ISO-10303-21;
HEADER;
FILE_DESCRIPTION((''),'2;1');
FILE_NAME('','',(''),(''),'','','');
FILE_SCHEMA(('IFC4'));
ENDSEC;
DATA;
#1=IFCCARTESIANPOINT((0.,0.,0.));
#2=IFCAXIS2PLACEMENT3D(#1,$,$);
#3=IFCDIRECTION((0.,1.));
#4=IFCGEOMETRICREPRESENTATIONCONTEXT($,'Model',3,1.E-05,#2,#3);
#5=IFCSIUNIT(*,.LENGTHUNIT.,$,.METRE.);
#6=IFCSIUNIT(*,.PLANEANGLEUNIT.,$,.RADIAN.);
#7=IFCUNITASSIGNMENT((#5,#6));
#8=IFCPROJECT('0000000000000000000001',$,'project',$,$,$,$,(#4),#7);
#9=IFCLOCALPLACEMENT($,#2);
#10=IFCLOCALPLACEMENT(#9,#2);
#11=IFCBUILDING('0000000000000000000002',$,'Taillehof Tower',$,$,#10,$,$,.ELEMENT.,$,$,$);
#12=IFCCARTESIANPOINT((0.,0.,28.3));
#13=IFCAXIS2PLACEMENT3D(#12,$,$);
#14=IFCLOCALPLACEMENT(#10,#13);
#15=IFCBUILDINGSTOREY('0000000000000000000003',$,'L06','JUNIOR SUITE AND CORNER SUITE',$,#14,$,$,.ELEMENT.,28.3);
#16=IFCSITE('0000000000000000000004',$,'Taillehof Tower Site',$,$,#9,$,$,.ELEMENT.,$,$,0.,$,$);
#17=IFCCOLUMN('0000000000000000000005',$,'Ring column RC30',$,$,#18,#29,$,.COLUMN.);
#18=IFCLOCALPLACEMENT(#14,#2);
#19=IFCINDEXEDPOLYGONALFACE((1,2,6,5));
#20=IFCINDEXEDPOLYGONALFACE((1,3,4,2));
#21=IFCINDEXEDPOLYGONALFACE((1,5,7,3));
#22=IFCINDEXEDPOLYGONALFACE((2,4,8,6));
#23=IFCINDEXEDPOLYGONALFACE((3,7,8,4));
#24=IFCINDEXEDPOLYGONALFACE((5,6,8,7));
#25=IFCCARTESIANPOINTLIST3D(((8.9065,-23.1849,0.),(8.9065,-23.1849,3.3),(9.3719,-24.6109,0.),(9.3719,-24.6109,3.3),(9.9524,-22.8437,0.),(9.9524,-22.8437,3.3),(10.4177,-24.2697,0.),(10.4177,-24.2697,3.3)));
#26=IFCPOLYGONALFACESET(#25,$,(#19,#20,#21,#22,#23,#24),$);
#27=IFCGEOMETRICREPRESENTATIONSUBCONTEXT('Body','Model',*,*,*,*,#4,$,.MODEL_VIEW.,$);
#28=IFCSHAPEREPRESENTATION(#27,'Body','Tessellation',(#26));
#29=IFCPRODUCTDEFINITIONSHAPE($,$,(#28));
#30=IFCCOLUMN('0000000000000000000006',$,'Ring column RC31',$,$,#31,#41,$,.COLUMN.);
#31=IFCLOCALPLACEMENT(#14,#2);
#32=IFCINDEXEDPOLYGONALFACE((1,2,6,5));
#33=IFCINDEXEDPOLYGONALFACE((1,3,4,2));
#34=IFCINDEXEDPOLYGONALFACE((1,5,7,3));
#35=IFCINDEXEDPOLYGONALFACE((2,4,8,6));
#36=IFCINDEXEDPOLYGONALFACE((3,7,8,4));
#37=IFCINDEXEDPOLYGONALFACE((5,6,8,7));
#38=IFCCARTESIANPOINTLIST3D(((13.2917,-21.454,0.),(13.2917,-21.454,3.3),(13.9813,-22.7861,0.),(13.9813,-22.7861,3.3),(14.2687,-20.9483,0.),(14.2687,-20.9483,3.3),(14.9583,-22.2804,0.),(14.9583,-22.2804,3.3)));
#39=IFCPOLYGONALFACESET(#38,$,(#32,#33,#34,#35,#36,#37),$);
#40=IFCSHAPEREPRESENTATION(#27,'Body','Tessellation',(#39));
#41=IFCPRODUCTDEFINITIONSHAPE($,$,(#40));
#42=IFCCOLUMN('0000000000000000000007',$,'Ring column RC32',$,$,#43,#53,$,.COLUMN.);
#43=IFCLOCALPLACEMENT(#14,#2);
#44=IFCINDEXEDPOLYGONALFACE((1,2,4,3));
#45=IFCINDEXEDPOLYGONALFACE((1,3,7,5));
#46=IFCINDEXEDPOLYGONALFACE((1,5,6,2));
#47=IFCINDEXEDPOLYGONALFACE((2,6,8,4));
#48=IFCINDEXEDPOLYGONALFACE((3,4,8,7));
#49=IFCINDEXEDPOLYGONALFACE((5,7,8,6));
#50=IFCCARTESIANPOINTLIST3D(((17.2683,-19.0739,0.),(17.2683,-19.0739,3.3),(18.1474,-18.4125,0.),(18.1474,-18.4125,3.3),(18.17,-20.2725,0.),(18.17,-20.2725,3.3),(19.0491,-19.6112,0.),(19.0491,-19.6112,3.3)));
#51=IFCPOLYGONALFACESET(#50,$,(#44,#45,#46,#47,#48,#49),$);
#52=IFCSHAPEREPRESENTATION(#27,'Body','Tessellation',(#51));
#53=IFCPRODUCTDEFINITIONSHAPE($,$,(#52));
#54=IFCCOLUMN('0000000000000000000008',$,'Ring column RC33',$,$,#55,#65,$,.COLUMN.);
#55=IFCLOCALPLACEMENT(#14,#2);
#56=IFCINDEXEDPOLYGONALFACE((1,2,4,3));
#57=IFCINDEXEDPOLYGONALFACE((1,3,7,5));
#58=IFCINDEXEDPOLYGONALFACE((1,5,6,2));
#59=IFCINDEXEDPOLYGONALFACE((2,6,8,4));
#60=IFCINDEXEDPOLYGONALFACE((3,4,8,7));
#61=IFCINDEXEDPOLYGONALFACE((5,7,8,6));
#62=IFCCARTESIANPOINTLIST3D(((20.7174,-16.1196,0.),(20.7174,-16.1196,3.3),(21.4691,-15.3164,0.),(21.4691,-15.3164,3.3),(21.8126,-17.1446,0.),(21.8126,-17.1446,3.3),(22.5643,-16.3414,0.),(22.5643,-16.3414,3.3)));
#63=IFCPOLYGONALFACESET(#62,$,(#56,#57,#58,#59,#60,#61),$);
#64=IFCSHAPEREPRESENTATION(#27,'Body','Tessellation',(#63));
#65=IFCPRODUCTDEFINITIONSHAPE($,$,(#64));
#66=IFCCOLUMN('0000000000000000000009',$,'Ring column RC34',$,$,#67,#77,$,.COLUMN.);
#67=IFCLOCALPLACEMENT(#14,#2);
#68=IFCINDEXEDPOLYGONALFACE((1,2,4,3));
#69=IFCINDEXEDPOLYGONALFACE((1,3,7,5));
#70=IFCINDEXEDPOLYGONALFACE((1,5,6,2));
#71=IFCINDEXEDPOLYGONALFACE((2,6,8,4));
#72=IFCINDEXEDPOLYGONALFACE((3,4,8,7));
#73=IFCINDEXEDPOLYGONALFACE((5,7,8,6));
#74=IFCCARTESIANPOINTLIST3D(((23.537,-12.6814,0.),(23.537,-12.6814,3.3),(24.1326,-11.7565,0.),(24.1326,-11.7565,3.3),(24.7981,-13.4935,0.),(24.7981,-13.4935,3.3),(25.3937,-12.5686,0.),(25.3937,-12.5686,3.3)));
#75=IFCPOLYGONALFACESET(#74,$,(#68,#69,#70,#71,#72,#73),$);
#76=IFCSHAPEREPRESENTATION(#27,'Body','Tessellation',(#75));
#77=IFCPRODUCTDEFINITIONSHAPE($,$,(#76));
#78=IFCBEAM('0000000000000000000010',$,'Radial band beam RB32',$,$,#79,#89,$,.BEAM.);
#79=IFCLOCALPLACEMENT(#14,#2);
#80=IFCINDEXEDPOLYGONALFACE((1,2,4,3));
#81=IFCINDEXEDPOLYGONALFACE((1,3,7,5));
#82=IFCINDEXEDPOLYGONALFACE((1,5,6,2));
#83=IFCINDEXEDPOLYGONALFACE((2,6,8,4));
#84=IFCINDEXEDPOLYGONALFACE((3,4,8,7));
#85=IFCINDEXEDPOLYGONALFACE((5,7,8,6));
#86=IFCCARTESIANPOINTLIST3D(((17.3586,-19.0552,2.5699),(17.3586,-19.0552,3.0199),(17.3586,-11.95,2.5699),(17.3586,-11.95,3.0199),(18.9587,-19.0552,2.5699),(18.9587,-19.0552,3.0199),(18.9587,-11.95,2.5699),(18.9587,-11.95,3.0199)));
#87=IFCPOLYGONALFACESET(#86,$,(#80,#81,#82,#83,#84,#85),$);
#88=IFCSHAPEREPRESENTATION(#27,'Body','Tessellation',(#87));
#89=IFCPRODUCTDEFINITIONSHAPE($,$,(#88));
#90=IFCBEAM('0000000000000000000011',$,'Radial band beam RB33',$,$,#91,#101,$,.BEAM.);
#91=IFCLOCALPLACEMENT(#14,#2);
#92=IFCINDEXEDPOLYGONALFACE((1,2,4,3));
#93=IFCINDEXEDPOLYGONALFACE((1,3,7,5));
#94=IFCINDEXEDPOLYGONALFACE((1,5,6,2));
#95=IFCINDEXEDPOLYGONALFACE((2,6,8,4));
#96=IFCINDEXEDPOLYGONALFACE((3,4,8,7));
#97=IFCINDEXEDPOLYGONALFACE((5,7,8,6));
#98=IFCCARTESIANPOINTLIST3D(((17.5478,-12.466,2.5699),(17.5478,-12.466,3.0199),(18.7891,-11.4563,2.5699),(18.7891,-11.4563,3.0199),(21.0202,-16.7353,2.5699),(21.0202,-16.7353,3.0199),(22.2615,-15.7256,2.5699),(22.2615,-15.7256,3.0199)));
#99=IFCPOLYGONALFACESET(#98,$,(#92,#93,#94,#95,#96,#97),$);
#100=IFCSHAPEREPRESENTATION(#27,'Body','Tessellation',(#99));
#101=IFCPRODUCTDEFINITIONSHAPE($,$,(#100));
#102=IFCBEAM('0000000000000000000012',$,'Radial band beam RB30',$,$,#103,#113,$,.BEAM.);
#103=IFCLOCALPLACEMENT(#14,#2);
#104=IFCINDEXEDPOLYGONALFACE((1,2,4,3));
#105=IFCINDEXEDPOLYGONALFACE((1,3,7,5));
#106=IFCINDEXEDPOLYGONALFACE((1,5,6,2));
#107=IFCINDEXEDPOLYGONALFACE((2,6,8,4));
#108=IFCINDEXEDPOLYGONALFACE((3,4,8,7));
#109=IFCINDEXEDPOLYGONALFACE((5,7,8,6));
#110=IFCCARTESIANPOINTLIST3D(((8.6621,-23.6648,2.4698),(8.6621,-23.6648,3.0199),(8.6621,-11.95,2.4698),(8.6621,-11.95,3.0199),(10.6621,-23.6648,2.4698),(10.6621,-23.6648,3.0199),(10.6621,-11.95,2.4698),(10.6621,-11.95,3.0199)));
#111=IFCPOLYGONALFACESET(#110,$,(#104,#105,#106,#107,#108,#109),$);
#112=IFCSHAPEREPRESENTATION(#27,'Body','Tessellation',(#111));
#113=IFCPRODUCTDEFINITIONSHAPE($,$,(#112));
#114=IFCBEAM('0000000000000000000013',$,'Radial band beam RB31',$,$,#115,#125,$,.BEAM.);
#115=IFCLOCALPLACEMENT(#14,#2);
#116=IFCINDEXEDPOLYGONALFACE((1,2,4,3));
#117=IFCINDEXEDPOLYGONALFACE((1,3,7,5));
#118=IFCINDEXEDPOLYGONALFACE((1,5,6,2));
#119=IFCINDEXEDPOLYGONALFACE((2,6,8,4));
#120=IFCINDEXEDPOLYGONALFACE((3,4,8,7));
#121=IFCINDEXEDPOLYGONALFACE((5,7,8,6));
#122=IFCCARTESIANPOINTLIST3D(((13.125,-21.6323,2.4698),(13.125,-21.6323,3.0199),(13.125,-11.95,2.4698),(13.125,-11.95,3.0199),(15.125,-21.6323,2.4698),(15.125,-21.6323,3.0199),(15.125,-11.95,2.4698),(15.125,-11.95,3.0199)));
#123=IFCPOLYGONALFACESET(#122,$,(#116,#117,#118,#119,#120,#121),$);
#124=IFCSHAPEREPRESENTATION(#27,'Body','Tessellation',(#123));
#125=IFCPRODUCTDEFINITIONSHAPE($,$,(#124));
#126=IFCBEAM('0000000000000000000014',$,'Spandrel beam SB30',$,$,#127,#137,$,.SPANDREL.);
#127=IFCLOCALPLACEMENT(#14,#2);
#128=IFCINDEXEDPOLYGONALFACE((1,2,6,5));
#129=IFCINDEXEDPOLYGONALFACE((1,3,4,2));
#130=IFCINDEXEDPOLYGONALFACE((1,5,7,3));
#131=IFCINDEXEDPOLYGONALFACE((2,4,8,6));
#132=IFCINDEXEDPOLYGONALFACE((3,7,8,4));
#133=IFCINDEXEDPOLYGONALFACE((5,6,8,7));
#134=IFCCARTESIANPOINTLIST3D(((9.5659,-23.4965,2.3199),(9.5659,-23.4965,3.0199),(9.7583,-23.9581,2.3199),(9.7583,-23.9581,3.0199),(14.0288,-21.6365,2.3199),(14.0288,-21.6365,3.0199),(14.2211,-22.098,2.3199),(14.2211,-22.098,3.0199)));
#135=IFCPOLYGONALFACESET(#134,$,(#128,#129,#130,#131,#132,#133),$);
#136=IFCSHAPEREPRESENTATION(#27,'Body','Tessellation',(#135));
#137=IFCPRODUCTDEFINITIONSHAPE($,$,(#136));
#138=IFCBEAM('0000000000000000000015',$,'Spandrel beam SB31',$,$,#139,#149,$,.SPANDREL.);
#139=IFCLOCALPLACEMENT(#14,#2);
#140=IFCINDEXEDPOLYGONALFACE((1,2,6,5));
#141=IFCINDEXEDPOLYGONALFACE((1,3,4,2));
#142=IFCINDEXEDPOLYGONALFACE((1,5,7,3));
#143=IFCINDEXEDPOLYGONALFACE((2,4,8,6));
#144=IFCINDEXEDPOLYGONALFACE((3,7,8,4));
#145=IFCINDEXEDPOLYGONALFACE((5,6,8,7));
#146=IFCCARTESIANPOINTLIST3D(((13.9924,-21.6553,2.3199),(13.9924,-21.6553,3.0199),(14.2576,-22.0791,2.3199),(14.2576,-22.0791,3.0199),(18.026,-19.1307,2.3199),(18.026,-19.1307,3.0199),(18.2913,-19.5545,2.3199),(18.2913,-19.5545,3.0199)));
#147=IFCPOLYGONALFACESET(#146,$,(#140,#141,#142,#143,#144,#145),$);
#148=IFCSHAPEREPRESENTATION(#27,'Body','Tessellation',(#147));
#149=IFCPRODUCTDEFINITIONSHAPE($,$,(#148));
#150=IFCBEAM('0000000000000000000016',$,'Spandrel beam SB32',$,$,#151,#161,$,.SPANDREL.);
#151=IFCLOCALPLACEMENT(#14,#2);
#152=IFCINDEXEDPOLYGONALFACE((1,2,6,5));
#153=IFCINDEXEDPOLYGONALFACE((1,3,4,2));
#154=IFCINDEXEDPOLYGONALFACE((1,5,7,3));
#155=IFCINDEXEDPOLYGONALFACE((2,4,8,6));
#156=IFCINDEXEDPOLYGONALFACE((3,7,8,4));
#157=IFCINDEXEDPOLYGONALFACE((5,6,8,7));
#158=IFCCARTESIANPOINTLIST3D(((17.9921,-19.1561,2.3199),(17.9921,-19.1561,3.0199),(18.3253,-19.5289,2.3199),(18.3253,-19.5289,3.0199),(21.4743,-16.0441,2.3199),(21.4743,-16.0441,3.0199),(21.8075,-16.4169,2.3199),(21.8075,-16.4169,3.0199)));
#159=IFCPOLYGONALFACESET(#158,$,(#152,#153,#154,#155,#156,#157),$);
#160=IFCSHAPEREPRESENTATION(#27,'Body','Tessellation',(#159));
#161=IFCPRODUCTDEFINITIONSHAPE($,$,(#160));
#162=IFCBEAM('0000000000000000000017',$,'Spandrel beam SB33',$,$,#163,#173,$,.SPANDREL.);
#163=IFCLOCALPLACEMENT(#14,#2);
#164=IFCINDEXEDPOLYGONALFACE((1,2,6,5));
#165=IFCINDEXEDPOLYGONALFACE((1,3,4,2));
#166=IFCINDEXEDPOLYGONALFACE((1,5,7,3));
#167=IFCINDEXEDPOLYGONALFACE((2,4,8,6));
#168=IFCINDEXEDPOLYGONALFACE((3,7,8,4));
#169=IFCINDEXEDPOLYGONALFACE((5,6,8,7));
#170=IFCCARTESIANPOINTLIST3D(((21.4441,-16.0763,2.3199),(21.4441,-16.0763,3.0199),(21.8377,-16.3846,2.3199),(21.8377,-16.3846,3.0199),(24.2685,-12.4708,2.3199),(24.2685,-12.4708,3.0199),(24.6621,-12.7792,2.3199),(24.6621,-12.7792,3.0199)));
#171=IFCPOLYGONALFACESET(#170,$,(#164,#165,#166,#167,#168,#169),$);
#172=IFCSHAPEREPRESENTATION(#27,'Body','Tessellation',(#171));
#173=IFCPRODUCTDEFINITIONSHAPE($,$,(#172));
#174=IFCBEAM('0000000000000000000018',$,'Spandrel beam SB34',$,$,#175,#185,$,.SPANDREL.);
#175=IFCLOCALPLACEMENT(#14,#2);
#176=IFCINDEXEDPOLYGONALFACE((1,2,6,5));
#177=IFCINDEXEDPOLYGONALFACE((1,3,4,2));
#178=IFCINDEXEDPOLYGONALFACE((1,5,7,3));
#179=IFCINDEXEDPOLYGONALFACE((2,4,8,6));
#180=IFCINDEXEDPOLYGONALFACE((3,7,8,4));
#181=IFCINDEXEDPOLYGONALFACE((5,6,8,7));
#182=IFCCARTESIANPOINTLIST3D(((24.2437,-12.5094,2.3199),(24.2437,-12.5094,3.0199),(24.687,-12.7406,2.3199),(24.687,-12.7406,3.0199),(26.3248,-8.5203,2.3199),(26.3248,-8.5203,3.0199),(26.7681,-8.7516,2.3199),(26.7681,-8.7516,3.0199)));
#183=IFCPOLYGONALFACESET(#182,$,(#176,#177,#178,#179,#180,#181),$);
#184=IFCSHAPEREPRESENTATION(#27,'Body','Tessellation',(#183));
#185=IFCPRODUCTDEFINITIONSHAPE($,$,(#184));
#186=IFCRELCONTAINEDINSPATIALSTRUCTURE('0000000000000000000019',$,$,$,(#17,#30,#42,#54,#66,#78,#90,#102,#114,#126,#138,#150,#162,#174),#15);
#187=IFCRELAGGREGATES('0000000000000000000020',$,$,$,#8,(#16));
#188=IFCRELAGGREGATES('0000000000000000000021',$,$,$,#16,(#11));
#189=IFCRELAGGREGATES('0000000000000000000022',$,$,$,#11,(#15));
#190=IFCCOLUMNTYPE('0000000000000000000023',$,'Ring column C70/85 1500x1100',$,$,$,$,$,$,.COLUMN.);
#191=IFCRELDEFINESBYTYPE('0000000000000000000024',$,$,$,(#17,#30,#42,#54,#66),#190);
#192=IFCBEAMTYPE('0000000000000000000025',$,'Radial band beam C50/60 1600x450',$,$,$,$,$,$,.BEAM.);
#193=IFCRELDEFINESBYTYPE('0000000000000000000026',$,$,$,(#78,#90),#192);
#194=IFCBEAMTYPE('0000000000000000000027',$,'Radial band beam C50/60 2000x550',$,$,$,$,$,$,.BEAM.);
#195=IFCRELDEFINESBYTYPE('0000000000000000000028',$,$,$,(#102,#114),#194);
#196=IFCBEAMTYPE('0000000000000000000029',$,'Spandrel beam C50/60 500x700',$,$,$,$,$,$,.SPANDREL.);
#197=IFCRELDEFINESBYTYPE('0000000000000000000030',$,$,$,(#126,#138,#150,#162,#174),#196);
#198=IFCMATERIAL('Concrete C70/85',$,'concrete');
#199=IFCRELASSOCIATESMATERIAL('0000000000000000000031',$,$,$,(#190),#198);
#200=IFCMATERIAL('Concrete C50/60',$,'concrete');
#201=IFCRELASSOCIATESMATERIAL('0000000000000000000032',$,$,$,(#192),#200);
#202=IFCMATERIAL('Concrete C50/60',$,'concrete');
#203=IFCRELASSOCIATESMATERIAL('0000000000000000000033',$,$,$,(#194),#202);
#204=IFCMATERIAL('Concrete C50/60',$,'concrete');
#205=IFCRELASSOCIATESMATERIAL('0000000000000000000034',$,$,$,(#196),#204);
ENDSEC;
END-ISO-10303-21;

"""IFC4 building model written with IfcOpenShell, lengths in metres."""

from ifc_helpers import new_model, si_unit, direction, frame, origin, origin_2d, place, context, subcontext, project, spatial, rectangle, extrude, material, material_profile, profile_set, type_object, element, save


model = new_model("IFC4")

# Units and contexts
model_context = context("Model", 3, precision=1e-05, world=origin(), true_north=direction((0.0, 1.0)))
body_context = subcontext(model_context, "Body", "Model", "MODEL_VIEW")
ifc_project = project(units=[si_unit("LENGTHUNIT", "METRE"), si_unit("PLANEANGLEUNIT", "RADIAN")], contexts=[model_context])

# Site, building, storey
site_placement = place(None, origin())
site = spatial("IfcSite", under=ifc_project, at=site_placement, Name="Taillehof Tower Site", CompositionType="ELEMENT", RefElevation=0.0)
building_placement = place(site_placement, origin())
building = spatial("IfcBuilding", under=site, at=building_placement, Name="Taillehof Tower", CompositionType="ELEMENT")
storey_placement = place(building_placement, frame((0.0, 0.0, 28.3)))
storey = spatial("IfcBuildingStorey", under=building, at=storey_placement, Name="L06", Description="JUNIOR SUITE AND CORNER SUITE", CompositionType="ELEMENT", Elevation=28.3)

# Columns
ifc_material_1 = material(Name="Concrete C70/85", Category="concrete")
ifc_material_profile_1 = material_profile(ifc_material_1, rectangle(XDim=1.5, YDim=1.1001, at=origin_2d()), Name="RC 1500x1100")
ifc_profile_set_1 = profile_set([ifc_material_profile_1], Name="Concrete C70/85")
column_type = type_object("IfcColumnType", Name="Ring column C70/85 1500x1100", PredefinedType="COLUMN", material=ifc_profile_set_1)
for number, where, z_axis, x_axis, name in (
    (1, (9.6621, -23.7273, 0.0), (0.0, 0.0, 1.0), (0.310219, -0.950665, 0.0), "Ring column RC30"),
    (2, (14.125, -21.8672, 0.0), (0.0, 0.0, 1.0), (0.459691, -0.888079, 0.0), "Ring column RC31"),
    (3, (18.1587, -19.3425, 0.0), (0.0, 0.0, 1.0), (0.601174, -0.799118, 0.0), "Ring column RC32"),
    (4, (21.6409, -16.2305, 0.0), (0.0, 0.0, 1.0), (0.730113, -0.683326, 0.0), "Ring column RC33"),
    (5, (24.4653, -12.625, 0.0), (0.0, 0.0, 1.0), (0.840754, -0.541418, 0.0), "Ring column RC34"),
):
    element("IfcColumn", number, at=place(storey_placement, frame(where, z_axis=z_axis, x_axis=x_axis)), inside=storey, type_object=column_type, Name=name, PredefinedType="COLUMN", context=body_context, shape_type="SweptSolid", body=[
        extrude(rectangle(XDim=1.5, YDim=1.1001, at=origin_2d()), origin(), (0.0, 0.0, 1.0), 3.3),
    ])

# Beams
ifc_material_2 = material(Name="Concrete C50/60", Category="concrete")
ifc_material_profile_2 = material_profile(ifc_material_2, rectangle(XDim=1.6001, YDim=0.45, at=origin_2d()), Name="RC 1600x450")
ifc_profile_set_2 = profile_set([ifc_material_profile_2], Name="Concrete C50/60")
beam_type_1 = type_object("IfcBeamType", Name="Radial band beam C50/60 1600x450", PredefinedType="BEAM", material=ifc_profile_set_2)
beam_1_placement = place(storey_placement, frame((18.1587, -19.0552, 2.7949), z_axis=(0.0, 1.0, 0.0), x_axis=(-1.0, 0.0, 0.0)))
element("IfcBeam", 6, at=beam_1_placement, inside=storey, type_object=beam_type_1, Name="Radial band beam RB32", PredefinedType="BEAM", context=body_context, shape_type="SweptSolid", body=[
    extrude(rectangle(XDim=1.6001, YDim=0.45, at=origin_2d()), origin(), (0.0, 0.0, 1.0), 7.1052),
])
beam_2_placement = place(storey_placement, frame((21.6409, -16.2305, 2.7949), z_axis=(-0.630988, 0.775792, 0.0), x_axis=(-0.775792, -0.630988, 0.0)))
element("IfcBeam", 7, at=beam_2_placement, inside=storey, type_object=beam_type_1, Name="Radial band beam RB33", PredefinedType="BEAM", context=body_context, shape_type="SweptSolid", body=[
    extrude(rectangle(XDim=1.6001, YDim=0.45, at=origin_2d()), origin(), (0.0, 0.0, 1.0), 5.5032),
])
ifc_material_3 = material(Name="Concrete C50/60", Category="concrete")
ifc_material_profile_3 = material_profile(ifc_material_3, rectangle(XDim=2.0, YDim=0.55, at=origin_2d()), Name="RC 2000x550")
ifc_profile_set_3 = profile_set([ifc_material_profile_3], Name="Concrete C50/60")
beam_type_2 = type_object("IfcBeamType", Name="Radial band beam C50/60 2000x550", PredefinedType="BEAM", material=ifc_profile_set_3)
beam_3_placement = place(storey_placement, frame((9.6621, -23.6648, 2.7449), z_axis=(0.0, 1.0, 0.0), x_axis=(-1.0, 0.0, 0.0)))
element("IfcBeam", 8, at=beam_3_placement, inside=storey, type_object=beam_type_2, Name="Radial band beam RB30", PredefinedType="BEAM", context=body_context, shape_type="SweptSolid", body=[
    extrude(rectangle(XDim=2.0, YDim=0.55, at=origin_2d()), origin(), (0.0, 0.0, 1.0), 11.7148),
])
beam_4_placement = place(storey_placement, frame((14.125, -21.6323, 2.7449), z_axis=(0.0, 1.0, 0.0), x_axis=(-1.0, 0.0, 0.0)))
element("IfcBeam", 9, at=beam_4_placement, inside=storey, type_object=beam_type_2, Name="Radial band beam RB31", PredefinedType="BEAM", context=body_context, shape_type="SweptSolid", body=[
    extrude(rectangle(XDim=2.0, YDim=0.55, at=origin_2d()), origin(), (0.0, 0.0, 1.0), 9.6824),
])
ifc_material_4 = material(Name="Concrete C50/60", Category="concrete")
ifc_material_profile_4 = material_profile(ifc_material_4, rectangle(XDim=0.5, YDim=0.7, at=origin_2d()), Name="RC 500x700")
ifc_profile_set_4 = profile_set([ifc_material_profile_4], Name="Concrete C50/60")
beam_type_3 = type_object("IfcBeamType", Name="Spandrel beam C50/60 500x700", PredefinedType="SPANDREL", material=ifc_profile_set_4)
beam_5_placement = place(storey_placement, frame((9.6621, -23.7273, 2.6699), z_axis=(0.923035, 0.384716, 0.0), x_axis=(-0.384716, 0.923035, 0.0)))
element("IfcBeam", 10, at=beam_5_placement, inside=storey, type_object=beam_type_3, Name="Spandrel beam SB30", PredefinedType="SPANDREL", context=body_context, shape_type="SweptSolid", body=[
    extrude(rectangle(XDim=0.5, YDim=0.7, at=origin_2d()), origin(), (0.0, 0.0, 1.0), 4.835),
])
beam_6_placement = place(storey_placement, frame((14.125, -21.8672, 2.6699), z_axis=(0.847658, 0.530543, 0.0), x_axis=(-0.530543, 0.847658, 0.0)))
element("IfcBeam", 11, at=beam_6_placement, inside=storey, type_object=beam_type_3, Name="Spandrel beam SB31", PredefinedType="SPANDREL", context=body_context, shape_type="SweptSolid", body=[
    extrude(rectangle(XDim=0.5, YDim=0.7, at=origin_2d()), origin(), (0.0, 0.0, 1.0), 4.7585),
])
beam_7_placement = place(storey_placement, frame((18.1587, -19.3425, 2.6699), z_axis=(0.745621, 0.66637, 0.0), x_axis=(-0.66637, 0.745621, 0.0)))
element("IfcBeam", 12, at=beam_7_placement, inside=storey, type_object=beam_type_3, Name="Spandrel beam SB32", PredefinedType="SPANDREL", context=body_context, shape_type="SweptSolid", body=[
    extrude(rectangle(XDim=0.5, YDim=0.7, at=origin_2d()), origin(), (0.0, 0.0, 1.0), 4.6702),
])
beam_8_placement = place(storey_placement, frame((21.6409, -16.2305, 2.6699), z_axis=(0.616686, 0.787209, 0.0), x_axis=(-0.787209, 0.616686, 0.0)))
element("IfcBeam", 13, at=beam_8_placement, inside=storey, type_object=beam_type_3, Name="Spandrel beam SB33", PredefinedType="SPANDREL", context=body_context, shape_type="SweptSolid", body=[
    extrude(rectangle(XDim=0.5, YDim=0.7, at=origin_2d()), origin(), (0.0, 0.0, 1.0), 4.5801),
])
beam_9_placement = place(storey_placement, frame((24.4653, -12.625, 2.6699), z_axis=(0.462536, 0.8866, 0.0), x_axis=(-0.8866, 0.462536, 0.0)))
element("IfcBeam", 14, at=beam_9_placement, inside=storey, type_object=beam_type_3, Name="Spandrel beam SB34", PredefinedType="SPANDREL", context=body_context, shape_type="SweptSolid", body=[
    extrude(rectangle(XDim=0.5, YDim=0.7, at=origin_2d()), origin(), (0.0, 0.0, 1.0), 4.4993),
])

save(model, "model.ifc")
